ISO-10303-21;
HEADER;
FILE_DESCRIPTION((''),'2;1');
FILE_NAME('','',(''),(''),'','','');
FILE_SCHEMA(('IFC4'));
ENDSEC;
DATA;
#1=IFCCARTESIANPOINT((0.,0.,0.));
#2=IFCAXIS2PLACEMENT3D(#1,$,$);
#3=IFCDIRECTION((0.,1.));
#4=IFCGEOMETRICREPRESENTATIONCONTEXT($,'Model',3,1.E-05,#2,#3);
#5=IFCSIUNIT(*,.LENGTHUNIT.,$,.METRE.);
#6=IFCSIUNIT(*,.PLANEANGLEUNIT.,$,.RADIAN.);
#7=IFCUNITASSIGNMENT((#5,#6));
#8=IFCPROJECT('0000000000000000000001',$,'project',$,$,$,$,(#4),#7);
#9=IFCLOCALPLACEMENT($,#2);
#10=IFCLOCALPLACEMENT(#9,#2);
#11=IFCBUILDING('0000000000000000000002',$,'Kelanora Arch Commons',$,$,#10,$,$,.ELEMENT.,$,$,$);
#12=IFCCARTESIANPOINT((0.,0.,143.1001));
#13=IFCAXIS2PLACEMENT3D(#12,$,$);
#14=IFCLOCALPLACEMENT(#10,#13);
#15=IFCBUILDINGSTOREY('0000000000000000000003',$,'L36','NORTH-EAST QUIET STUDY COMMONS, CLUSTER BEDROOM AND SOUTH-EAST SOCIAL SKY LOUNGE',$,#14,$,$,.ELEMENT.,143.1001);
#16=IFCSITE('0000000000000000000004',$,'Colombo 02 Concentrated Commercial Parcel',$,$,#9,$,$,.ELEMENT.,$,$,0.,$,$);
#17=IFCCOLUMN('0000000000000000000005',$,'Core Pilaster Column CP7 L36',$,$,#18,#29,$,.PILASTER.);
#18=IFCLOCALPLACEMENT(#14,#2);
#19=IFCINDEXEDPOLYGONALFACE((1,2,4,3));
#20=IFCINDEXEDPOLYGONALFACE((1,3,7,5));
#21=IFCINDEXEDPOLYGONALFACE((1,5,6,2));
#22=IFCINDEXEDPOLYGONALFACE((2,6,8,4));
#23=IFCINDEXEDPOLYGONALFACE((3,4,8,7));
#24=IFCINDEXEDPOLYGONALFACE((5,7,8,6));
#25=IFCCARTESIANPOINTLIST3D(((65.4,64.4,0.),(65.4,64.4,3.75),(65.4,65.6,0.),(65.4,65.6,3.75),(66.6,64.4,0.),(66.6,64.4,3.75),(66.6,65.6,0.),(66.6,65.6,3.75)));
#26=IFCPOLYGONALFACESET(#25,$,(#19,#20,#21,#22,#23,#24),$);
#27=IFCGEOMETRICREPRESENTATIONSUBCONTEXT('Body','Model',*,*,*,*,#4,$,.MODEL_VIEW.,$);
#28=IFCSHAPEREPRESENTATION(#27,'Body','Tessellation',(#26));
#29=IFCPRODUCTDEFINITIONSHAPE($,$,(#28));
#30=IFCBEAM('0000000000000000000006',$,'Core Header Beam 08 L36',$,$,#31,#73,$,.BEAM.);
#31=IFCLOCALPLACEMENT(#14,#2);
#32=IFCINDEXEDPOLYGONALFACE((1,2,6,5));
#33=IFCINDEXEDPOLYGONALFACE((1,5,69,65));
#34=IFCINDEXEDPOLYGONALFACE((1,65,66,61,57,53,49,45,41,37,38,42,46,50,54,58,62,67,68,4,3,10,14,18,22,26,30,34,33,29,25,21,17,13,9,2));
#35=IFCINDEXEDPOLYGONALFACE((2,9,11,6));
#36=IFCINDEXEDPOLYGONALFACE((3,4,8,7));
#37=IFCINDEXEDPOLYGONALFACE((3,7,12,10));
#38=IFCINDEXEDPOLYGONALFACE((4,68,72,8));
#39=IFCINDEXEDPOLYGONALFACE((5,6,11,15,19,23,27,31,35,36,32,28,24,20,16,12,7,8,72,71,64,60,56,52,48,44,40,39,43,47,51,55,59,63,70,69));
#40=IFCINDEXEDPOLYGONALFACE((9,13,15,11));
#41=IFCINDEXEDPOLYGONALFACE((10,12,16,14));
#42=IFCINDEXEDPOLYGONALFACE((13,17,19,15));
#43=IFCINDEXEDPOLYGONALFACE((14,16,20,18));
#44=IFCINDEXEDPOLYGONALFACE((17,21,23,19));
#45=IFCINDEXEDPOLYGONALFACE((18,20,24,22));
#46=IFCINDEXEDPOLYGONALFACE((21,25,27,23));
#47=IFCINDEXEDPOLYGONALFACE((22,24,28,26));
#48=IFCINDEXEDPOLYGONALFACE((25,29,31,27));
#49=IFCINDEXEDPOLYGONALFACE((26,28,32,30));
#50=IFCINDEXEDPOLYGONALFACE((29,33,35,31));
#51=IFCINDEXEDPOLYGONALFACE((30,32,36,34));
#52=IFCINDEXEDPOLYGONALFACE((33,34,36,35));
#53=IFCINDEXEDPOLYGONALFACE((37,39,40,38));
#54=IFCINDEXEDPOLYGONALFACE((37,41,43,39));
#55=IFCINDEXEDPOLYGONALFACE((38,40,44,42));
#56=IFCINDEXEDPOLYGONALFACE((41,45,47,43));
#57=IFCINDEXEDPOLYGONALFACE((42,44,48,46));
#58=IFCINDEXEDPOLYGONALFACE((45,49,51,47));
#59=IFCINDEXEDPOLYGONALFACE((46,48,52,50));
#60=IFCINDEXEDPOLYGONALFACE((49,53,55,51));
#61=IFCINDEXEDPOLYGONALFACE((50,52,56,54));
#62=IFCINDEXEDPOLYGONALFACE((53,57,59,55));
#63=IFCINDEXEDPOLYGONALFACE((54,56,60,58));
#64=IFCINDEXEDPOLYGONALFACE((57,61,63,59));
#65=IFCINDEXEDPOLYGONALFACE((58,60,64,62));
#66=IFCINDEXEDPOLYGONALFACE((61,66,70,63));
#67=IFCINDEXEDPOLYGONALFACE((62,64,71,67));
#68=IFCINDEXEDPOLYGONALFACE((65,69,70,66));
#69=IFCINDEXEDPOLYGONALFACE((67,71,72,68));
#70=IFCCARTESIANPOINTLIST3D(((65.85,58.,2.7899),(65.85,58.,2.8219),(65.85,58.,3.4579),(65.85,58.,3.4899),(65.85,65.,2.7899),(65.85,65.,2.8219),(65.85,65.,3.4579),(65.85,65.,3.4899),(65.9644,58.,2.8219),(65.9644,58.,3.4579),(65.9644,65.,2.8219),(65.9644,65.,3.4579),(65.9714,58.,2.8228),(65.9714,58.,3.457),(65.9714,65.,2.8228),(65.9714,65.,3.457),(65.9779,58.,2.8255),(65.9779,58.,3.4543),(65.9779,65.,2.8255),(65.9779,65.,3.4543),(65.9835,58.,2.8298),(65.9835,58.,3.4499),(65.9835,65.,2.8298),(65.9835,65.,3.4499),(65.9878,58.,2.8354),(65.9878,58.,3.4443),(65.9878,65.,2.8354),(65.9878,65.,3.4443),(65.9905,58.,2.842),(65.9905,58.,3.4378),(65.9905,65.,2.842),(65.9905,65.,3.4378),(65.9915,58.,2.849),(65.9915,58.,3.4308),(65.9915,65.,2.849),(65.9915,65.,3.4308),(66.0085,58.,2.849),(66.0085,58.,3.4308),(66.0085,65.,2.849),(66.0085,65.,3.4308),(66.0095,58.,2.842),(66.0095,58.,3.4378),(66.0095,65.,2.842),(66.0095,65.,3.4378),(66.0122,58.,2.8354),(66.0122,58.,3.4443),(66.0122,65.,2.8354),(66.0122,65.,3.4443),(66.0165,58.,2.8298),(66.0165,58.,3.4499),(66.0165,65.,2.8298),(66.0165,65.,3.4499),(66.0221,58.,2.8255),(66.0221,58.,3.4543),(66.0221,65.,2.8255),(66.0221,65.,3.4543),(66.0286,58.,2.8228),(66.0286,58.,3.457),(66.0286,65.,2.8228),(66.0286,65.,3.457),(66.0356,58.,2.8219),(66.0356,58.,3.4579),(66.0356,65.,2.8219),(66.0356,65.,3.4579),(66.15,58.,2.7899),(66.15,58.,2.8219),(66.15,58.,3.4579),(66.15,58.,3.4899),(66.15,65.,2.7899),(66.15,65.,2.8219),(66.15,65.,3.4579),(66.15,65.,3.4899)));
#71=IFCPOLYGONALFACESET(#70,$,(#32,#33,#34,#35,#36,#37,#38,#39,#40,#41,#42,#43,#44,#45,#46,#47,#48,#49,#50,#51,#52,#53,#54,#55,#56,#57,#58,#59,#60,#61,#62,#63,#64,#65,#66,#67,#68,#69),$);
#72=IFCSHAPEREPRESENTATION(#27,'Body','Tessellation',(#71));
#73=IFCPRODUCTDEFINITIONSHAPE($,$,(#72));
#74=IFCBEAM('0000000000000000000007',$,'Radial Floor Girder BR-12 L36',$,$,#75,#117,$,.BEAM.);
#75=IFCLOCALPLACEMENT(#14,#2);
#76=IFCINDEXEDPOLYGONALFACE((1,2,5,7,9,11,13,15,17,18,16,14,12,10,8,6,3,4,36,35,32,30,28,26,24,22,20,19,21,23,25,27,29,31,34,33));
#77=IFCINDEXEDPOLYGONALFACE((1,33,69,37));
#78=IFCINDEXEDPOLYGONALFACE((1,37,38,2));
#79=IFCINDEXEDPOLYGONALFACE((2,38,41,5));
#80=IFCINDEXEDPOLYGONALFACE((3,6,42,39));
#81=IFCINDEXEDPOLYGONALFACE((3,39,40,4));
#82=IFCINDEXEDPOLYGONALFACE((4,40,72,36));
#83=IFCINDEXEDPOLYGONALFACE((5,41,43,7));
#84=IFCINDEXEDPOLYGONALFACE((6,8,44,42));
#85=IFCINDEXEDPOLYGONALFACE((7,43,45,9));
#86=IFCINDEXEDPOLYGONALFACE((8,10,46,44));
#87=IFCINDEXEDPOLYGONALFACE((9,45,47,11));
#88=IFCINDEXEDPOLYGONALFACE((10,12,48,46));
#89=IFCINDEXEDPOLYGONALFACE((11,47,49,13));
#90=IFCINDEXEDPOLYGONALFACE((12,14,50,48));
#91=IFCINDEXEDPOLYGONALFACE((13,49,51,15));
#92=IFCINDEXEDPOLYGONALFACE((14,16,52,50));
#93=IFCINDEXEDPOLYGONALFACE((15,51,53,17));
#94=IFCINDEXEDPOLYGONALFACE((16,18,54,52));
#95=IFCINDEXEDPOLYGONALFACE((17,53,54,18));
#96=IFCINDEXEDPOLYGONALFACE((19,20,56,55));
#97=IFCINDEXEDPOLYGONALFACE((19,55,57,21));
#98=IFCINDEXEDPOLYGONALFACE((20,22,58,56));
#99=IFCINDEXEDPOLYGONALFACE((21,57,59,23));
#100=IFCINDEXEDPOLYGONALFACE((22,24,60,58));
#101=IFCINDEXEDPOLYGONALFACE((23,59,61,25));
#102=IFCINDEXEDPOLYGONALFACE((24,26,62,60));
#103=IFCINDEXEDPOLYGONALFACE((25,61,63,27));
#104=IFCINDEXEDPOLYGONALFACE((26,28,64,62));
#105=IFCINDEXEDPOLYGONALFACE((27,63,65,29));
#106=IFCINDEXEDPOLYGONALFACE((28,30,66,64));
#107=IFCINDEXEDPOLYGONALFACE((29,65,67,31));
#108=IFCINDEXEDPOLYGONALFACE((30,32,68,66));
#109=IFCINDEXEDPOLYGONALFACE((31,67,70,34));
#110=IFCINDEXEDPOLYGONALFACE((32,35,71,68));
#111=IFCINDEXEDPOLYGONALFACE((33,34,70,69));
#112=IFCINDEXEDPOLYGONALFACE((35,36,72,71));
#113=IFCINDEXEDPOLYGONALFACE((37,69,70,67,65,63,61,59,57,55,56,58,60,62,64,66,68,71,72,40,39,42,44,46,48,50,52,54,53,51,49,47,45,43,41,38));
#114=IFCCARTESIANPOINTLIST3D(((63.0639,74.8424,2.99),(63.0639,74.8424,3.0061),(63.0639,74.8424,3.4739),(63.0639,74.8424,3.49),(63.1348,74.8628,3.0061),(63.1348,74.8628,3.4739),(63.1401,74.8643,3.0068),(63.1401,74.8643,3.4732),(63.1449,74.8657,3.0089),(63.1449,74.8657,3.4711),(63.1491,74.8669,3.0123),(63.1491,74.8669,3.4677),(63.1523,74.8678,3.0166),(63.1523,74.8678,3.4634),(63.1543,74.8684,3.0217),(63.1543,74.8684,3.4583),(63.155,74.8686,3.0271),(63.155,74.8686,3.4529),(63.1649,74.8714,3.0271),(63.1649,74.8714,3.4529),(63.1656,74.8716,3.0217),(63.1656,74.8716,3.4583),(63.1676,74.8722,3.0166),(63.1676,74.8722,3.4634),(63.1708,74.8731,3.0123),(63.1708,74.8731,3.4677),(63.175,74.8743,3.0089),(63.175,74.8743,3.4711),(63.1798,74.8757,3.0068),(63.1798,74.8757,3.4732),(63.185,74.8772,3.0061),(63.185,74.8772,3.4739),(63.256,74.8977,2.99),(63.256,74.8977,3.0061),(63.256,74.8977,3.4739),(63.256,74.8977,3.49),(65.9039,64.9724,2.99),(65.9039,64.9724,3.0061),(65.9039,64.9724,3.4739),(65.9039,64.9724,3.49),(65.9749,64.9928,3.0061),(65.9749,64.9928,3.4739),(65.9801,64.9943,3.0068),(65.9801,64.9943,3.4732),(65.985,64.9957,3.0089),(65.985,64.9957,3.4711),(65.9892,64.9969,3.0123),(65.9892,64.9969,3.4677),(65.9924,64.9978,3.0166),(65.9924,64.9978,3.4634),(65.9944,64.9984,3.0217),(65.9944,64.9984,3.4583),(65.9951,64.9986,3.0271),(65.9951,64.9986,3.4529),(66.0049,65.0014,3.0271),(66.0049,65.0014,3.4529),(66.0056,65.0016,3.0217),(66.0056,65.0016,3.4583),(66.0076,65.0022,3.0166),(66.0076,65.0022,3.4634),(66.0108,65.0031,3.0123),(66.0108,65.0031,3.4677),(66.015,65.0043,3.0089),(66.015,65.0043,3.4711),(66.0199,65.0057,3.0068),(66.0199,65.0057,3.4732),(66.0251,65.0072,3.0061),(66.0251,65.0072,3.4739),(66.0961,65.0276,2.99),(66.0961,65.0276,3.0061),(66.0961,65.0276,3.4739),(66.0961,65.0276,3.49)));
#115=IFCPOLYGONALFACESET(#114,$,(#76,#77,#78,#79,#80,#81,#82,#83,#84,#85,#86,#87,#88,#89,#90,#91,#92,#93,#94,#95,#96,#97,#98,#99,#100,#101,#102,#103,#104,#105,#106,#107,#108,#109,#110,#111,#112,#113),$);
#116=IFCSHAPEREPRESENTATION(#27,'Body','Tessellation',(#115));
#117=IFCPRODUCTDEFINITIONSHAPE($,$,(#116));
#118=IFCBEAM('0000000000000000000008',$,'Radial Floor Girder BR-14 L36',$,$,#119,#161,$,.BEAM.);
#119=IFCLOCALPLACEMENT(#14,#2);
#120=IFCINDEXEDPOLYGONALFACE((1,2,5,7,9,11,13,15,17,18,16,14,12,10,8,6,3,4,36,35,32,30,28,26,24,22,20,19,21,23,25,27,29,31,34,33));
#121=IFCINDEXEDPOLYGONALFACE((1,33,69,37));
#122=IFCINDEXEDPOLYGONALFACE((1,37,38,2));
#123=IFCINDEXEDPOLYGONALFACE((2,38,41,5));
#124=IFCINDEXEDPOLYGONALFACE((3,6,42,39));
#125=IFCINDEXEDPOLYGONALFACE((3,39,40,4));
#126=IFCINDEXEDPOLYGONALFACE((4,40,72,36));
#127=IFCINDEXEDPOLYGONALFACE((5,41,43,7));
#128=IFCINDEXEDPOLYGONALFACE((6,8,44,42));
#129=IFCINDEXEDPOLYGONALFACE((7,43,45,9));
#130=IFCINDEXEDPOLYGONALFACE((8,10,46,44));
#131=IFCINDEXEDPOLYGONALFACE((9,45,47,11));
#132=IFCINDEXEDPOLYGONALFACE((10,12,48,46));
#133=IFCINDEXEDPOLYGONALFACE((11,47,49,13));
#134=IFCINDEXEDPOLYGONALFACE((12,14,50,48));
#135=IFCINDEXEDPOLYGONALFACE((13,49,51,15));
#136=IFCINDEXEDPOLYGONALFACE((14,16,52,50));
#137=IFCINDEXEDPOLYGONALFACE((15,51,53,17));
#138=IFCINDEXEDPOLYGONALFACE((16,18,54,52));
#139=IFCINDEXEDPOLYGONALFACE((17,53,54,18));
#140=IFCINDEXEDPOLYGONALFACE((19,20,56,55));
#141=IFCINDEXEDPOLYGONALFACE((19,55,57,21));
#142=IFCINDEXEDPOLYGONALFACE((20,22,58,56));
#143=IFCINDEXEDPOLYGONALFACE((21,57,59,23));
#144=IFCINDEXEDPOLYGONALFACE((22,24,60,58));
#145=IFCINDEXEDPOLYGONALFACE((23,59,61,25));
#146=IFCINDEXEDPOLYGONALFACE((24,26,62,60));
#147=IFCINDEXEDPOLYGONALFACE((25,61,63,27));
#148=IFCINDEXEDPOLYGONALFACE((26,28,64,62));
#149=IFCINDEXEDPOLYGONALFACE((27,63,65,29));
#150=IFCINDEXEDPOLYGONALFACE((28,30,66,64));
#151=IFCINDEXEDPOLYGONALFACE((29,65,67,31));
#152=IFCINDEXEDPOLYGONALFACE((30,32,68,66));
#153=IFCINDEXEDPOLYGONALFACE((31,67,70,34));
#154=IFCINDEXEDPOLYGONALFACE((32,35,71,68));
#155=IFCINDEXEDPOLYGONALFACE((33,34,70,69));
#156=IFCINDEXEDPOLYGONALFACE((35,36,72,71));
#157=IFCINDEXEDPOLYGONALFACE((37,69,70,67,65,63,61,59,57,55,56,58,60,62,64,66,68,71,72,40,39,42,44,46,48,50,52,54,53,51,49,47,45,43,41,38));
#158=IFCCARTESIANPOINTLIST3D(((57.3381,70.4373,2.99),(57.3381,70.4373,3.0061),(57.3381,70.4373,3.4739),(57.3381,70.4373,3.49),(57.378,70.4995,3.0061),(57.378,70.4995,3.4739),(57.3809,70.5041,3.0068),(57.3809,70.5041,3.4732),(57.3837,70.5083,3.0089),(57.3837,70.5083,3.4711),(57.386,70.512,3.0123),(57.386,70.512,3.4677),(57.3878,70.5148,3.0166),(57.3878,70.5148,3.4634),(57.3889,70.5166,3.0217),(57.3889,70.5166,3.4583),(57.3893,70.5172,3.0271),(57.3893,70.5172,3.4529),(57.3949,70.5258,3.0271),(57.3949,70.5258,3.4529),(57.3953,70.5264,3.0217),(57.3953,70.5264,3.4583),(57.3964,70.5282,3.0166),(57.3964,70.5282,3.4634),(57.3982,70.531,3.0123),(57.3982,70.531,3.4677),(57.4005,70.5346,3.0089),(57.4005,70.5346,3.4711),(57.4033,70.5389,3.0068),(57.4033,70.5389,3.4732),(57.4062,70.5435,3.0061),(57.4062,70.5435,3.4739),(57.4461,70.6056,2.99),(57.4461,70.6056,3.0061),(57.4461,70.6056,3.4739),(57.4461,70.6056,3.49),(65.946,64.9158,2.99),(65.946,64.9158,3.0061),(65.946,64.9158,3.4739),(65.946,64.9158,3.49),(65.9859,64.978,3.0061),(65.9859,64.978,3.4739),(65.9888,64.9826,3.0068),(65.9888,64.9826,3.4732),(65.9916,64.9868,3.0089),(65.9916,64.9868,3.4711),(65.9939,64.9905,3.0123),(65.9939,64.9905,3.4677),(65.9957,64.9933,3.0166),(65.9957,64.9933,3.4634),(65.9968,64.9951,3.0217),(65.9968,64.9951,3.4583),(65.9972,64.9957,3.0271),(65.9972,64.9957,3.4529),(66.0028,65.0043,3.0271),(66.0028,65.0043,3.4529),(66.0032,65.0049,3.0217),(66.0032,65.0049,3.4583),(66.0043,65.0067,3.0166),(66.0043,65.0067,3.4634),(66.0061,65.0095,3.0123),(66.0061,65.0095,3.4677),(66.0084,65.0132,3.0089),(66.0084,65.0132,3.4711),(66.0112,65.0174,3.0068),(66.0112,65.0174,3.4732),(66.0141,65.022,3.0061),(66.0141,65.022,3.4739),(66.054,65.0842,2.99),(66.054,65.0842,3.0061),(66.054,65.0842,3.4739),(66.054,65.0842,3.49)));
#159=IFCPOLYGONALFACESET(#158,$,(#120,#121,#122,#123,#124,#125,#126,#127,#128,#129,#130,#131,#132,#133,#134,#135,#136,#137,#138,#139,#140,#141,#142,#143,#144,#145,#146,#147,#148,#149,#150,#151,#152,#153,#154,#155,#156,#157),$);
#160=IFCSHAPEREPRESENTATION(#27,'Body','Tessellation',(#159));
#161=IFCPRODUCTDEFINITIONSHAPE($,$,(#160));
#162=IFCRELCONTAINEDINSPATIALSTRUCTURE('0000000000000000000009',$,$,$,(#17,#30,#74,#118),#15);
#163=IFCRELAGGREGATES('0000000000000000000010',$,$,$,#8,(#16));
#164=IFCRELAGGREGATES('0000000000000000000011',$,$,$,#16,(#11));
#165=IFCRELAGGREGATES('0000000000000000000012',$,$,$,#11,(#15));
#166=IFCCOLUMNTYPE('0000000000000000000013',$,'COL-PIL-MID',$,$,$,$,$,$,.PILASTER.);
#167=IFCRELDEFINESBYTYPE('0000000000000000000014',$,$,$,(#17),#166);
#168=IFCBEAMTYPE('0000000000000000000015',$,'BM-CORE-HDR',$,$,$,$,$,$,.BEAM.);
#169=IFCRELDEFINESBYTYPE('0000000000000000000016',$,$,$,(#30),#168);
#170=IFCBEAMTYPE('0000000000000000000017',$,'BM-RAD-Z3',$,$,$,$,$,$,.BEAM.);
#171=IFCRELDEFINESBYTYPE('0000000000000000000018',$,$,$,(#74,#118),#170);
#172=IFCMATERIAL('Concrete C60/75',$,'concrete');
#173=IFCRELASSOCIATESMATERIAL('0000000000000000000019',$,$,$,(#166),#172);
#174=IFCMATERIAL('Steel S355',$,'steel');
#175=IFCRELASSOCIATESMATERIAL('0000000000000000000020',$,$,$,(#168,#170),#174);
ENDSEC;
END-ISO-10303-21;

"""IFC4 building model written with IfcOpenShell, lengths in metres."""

from ifc_helpers import new_model, si_unit, direction, frame, origin, origin_2d, place, context, subcontext, project, spatial, rectangle, i_section, extrude, material, material_profile, profile_set, type_object, element, save


model = new_model("IFC4")

# Units and contexts
model_context = context("Model", 3, precision=1e-05, world=origin(), true_north=direction((0.0, 1.0)))
body_context = subcontext(model_context, "Body", "Model", "MODEL_VIEW")
ifc_project = project(units=[si_unit("LENGTHUNIT", "METRE"), si_unit("PLANEANGLEUNIT", "RADIAN")], contexts=[model_context])

# Site, building, storey
site_placement = place(None, origin())
site = spatial("IfcSite", under=ifc_project, at=site_placement, Name="Colombo 02 Concentrated Commercial Parcel", CompositionType="ELEMENT", RefElevation=0.0)
building_placement = place(site_placement, origin())
building = spatial("IfcBuilding", under=site, at=building_placement, Name="Kelanora Arch Commons", CompositionType="ELEMENT")
storey_placement = place(building_placement, frame((0.0, 0.0, 143.1001)))
storey = spatial("IfcBuildingStorey", under=building, at=storey_placement, Name="L36", Description="NORTH-EAST QUIET STUDY COMMONS, CLUSTER BEDROOM AND SOUTH-EAST SOCIAL SKY LOUNGE", CompositionType="ELEMENT", Elevation=143.1001)

# Column
ifc_material_1 = material(Name="Concrete C60/75", Category="concrete")
ifc_material_profile_1 = material_profile(ifc_material_1, rectangle(XDim=1.2, YDim=1.2, at=origin_2d()), Name="RC1200x1200")
ifc_profile_set_1 = profile_set([ifc_material_profile_1], Name="Concrete C60/75")
column_type = type_object("IfcColumnType", Name="COL-PIL-MID", PredefinedType="PILASTER", material=ifc_profile_set_1)
column_placement = place(storey_placement, frame((66.0, 65.0, 0.0), z_axis=(0.0, 0.0, 1.0), x_axis=(1.0, 0.0, 0.0)))
element("IfcColumn", 1, at=column_placement, inside=storey, type_object=column_type, Name="Core Pilaster Column CP7 L36", PredefinedType="PILASTER", context=body_context, shape_type="SweptSolid", body=[
    extrude(rectangle(XDim=1.2, YDim=1.2, at=origin_2d()), origin(), (0.0, 0.0, 1.0), 3.75),
])

# Beams
ifc_material_2 = material(Name="Steel S355", Category="steel")
ifc_material_profile_2 = material_profile(ifc_material_2, i_section(OverallWidth=0.3, OverallDepth=0.7, WebThickness=0.0171, FlangeThickness=0.032, FilletRadius=0.0271, at=origin_2d()), Name="HEB700")
ifc_profile_set_2 = profile_set([ifc_material_profile_2], Name="Steel S355")
beam_type_1 = type_object("IfcBeamType", Name="BM-CORE-HDR", PredefinedType="BEAM", material=ifc_profile_set_2)
beam_1_placement = place(storey_placement, frame((66.0, 65.0, 3.1399), z_axis=(0.0, -1.0, 0.0), x_axis=(1.0, 0.0, 0.0)))
element("IfcBeam", 2, at=beam_1_placement, inside=storey, type_object=beam_type_1, Name="Core Header Beam 08 L36", PredefinedType="BEAM", context=body_context, shape_type="SweptSolid", body=[
    extrude(i_section(OverallWidth=0.3, OverallDepth=0.7, WebThickness=0.0171, FlangeThickness=0.032, FilletRadius=0.0271, at=origin_2d()), origin(), (0.0, 0.0, 1.0), 7.0),
])
ifc_material_profile_3 = material_profile(ifc_material_2, i_section(OverallWidth=0.2, OverallDepth=0.5, WebThickness=0.0103, FlangeThickness=0.0161, FilletRadius=0.021, at=origin_2d()), Name="IPE500")
ifc_profile_set_3 = profile_set([ifc_material_profile_3], Name="Steel S355")
beam_type_2 = type_object("IfcBeamType", Name="BM-RAD-Z3", PredefinedType="BEAM", material=ifc_profile_set_3)
beam_2_placement = place(storey_placement, frame((66.0, 65.0, 3.24), z_axis=(-0.276526, 0.961006, 0.0), x_axis=(-0.961006, -0.276526, 0.0)))
element("IfcBeam", 3, at=beam_2_placement, inside=storey, type_object=beam_type_2, Name="Radial Floor Girder BR-12 L36", PredefinedType="BEAM", context=body_context, shape_type="SweptSolid", body=[
    extrude(i_section(OverallWidth=0.2, OverallDepth=0.5, WebThickness=0.0103, FlangeThickness=0.0161, FilletRadius=0.021, at=origin_2d()), origin(), (0.0, 0.0, 1.0), 10.2705),
])
beam_3_placement = place(storey_placement, frame((66.0, 65.0, 3.24), z_axis=(-0.841719, 0.539915, 0.0), x_axis=(-0.539915, -0.841719, 0.0)))
element("IfcBeam", 4, at=beam_3_placement, inside=storey, type_object=beam_type_2, Name="Radial Floor Girder BR-14 L36", PredefinedType="BEAM", context=body_context, shape_type="SweptSolid", body=[
    extrude(i_section(OverallWidth=0.2, OverallDepth=0.5, WebThickness=0.0103, FlangeThickness=0.0161, FilletRadius=0.021, at=origin_2d()), origin(), (0.0, 0.0, 1.0), 10.2266),
])

save(model, "model.ifc")
